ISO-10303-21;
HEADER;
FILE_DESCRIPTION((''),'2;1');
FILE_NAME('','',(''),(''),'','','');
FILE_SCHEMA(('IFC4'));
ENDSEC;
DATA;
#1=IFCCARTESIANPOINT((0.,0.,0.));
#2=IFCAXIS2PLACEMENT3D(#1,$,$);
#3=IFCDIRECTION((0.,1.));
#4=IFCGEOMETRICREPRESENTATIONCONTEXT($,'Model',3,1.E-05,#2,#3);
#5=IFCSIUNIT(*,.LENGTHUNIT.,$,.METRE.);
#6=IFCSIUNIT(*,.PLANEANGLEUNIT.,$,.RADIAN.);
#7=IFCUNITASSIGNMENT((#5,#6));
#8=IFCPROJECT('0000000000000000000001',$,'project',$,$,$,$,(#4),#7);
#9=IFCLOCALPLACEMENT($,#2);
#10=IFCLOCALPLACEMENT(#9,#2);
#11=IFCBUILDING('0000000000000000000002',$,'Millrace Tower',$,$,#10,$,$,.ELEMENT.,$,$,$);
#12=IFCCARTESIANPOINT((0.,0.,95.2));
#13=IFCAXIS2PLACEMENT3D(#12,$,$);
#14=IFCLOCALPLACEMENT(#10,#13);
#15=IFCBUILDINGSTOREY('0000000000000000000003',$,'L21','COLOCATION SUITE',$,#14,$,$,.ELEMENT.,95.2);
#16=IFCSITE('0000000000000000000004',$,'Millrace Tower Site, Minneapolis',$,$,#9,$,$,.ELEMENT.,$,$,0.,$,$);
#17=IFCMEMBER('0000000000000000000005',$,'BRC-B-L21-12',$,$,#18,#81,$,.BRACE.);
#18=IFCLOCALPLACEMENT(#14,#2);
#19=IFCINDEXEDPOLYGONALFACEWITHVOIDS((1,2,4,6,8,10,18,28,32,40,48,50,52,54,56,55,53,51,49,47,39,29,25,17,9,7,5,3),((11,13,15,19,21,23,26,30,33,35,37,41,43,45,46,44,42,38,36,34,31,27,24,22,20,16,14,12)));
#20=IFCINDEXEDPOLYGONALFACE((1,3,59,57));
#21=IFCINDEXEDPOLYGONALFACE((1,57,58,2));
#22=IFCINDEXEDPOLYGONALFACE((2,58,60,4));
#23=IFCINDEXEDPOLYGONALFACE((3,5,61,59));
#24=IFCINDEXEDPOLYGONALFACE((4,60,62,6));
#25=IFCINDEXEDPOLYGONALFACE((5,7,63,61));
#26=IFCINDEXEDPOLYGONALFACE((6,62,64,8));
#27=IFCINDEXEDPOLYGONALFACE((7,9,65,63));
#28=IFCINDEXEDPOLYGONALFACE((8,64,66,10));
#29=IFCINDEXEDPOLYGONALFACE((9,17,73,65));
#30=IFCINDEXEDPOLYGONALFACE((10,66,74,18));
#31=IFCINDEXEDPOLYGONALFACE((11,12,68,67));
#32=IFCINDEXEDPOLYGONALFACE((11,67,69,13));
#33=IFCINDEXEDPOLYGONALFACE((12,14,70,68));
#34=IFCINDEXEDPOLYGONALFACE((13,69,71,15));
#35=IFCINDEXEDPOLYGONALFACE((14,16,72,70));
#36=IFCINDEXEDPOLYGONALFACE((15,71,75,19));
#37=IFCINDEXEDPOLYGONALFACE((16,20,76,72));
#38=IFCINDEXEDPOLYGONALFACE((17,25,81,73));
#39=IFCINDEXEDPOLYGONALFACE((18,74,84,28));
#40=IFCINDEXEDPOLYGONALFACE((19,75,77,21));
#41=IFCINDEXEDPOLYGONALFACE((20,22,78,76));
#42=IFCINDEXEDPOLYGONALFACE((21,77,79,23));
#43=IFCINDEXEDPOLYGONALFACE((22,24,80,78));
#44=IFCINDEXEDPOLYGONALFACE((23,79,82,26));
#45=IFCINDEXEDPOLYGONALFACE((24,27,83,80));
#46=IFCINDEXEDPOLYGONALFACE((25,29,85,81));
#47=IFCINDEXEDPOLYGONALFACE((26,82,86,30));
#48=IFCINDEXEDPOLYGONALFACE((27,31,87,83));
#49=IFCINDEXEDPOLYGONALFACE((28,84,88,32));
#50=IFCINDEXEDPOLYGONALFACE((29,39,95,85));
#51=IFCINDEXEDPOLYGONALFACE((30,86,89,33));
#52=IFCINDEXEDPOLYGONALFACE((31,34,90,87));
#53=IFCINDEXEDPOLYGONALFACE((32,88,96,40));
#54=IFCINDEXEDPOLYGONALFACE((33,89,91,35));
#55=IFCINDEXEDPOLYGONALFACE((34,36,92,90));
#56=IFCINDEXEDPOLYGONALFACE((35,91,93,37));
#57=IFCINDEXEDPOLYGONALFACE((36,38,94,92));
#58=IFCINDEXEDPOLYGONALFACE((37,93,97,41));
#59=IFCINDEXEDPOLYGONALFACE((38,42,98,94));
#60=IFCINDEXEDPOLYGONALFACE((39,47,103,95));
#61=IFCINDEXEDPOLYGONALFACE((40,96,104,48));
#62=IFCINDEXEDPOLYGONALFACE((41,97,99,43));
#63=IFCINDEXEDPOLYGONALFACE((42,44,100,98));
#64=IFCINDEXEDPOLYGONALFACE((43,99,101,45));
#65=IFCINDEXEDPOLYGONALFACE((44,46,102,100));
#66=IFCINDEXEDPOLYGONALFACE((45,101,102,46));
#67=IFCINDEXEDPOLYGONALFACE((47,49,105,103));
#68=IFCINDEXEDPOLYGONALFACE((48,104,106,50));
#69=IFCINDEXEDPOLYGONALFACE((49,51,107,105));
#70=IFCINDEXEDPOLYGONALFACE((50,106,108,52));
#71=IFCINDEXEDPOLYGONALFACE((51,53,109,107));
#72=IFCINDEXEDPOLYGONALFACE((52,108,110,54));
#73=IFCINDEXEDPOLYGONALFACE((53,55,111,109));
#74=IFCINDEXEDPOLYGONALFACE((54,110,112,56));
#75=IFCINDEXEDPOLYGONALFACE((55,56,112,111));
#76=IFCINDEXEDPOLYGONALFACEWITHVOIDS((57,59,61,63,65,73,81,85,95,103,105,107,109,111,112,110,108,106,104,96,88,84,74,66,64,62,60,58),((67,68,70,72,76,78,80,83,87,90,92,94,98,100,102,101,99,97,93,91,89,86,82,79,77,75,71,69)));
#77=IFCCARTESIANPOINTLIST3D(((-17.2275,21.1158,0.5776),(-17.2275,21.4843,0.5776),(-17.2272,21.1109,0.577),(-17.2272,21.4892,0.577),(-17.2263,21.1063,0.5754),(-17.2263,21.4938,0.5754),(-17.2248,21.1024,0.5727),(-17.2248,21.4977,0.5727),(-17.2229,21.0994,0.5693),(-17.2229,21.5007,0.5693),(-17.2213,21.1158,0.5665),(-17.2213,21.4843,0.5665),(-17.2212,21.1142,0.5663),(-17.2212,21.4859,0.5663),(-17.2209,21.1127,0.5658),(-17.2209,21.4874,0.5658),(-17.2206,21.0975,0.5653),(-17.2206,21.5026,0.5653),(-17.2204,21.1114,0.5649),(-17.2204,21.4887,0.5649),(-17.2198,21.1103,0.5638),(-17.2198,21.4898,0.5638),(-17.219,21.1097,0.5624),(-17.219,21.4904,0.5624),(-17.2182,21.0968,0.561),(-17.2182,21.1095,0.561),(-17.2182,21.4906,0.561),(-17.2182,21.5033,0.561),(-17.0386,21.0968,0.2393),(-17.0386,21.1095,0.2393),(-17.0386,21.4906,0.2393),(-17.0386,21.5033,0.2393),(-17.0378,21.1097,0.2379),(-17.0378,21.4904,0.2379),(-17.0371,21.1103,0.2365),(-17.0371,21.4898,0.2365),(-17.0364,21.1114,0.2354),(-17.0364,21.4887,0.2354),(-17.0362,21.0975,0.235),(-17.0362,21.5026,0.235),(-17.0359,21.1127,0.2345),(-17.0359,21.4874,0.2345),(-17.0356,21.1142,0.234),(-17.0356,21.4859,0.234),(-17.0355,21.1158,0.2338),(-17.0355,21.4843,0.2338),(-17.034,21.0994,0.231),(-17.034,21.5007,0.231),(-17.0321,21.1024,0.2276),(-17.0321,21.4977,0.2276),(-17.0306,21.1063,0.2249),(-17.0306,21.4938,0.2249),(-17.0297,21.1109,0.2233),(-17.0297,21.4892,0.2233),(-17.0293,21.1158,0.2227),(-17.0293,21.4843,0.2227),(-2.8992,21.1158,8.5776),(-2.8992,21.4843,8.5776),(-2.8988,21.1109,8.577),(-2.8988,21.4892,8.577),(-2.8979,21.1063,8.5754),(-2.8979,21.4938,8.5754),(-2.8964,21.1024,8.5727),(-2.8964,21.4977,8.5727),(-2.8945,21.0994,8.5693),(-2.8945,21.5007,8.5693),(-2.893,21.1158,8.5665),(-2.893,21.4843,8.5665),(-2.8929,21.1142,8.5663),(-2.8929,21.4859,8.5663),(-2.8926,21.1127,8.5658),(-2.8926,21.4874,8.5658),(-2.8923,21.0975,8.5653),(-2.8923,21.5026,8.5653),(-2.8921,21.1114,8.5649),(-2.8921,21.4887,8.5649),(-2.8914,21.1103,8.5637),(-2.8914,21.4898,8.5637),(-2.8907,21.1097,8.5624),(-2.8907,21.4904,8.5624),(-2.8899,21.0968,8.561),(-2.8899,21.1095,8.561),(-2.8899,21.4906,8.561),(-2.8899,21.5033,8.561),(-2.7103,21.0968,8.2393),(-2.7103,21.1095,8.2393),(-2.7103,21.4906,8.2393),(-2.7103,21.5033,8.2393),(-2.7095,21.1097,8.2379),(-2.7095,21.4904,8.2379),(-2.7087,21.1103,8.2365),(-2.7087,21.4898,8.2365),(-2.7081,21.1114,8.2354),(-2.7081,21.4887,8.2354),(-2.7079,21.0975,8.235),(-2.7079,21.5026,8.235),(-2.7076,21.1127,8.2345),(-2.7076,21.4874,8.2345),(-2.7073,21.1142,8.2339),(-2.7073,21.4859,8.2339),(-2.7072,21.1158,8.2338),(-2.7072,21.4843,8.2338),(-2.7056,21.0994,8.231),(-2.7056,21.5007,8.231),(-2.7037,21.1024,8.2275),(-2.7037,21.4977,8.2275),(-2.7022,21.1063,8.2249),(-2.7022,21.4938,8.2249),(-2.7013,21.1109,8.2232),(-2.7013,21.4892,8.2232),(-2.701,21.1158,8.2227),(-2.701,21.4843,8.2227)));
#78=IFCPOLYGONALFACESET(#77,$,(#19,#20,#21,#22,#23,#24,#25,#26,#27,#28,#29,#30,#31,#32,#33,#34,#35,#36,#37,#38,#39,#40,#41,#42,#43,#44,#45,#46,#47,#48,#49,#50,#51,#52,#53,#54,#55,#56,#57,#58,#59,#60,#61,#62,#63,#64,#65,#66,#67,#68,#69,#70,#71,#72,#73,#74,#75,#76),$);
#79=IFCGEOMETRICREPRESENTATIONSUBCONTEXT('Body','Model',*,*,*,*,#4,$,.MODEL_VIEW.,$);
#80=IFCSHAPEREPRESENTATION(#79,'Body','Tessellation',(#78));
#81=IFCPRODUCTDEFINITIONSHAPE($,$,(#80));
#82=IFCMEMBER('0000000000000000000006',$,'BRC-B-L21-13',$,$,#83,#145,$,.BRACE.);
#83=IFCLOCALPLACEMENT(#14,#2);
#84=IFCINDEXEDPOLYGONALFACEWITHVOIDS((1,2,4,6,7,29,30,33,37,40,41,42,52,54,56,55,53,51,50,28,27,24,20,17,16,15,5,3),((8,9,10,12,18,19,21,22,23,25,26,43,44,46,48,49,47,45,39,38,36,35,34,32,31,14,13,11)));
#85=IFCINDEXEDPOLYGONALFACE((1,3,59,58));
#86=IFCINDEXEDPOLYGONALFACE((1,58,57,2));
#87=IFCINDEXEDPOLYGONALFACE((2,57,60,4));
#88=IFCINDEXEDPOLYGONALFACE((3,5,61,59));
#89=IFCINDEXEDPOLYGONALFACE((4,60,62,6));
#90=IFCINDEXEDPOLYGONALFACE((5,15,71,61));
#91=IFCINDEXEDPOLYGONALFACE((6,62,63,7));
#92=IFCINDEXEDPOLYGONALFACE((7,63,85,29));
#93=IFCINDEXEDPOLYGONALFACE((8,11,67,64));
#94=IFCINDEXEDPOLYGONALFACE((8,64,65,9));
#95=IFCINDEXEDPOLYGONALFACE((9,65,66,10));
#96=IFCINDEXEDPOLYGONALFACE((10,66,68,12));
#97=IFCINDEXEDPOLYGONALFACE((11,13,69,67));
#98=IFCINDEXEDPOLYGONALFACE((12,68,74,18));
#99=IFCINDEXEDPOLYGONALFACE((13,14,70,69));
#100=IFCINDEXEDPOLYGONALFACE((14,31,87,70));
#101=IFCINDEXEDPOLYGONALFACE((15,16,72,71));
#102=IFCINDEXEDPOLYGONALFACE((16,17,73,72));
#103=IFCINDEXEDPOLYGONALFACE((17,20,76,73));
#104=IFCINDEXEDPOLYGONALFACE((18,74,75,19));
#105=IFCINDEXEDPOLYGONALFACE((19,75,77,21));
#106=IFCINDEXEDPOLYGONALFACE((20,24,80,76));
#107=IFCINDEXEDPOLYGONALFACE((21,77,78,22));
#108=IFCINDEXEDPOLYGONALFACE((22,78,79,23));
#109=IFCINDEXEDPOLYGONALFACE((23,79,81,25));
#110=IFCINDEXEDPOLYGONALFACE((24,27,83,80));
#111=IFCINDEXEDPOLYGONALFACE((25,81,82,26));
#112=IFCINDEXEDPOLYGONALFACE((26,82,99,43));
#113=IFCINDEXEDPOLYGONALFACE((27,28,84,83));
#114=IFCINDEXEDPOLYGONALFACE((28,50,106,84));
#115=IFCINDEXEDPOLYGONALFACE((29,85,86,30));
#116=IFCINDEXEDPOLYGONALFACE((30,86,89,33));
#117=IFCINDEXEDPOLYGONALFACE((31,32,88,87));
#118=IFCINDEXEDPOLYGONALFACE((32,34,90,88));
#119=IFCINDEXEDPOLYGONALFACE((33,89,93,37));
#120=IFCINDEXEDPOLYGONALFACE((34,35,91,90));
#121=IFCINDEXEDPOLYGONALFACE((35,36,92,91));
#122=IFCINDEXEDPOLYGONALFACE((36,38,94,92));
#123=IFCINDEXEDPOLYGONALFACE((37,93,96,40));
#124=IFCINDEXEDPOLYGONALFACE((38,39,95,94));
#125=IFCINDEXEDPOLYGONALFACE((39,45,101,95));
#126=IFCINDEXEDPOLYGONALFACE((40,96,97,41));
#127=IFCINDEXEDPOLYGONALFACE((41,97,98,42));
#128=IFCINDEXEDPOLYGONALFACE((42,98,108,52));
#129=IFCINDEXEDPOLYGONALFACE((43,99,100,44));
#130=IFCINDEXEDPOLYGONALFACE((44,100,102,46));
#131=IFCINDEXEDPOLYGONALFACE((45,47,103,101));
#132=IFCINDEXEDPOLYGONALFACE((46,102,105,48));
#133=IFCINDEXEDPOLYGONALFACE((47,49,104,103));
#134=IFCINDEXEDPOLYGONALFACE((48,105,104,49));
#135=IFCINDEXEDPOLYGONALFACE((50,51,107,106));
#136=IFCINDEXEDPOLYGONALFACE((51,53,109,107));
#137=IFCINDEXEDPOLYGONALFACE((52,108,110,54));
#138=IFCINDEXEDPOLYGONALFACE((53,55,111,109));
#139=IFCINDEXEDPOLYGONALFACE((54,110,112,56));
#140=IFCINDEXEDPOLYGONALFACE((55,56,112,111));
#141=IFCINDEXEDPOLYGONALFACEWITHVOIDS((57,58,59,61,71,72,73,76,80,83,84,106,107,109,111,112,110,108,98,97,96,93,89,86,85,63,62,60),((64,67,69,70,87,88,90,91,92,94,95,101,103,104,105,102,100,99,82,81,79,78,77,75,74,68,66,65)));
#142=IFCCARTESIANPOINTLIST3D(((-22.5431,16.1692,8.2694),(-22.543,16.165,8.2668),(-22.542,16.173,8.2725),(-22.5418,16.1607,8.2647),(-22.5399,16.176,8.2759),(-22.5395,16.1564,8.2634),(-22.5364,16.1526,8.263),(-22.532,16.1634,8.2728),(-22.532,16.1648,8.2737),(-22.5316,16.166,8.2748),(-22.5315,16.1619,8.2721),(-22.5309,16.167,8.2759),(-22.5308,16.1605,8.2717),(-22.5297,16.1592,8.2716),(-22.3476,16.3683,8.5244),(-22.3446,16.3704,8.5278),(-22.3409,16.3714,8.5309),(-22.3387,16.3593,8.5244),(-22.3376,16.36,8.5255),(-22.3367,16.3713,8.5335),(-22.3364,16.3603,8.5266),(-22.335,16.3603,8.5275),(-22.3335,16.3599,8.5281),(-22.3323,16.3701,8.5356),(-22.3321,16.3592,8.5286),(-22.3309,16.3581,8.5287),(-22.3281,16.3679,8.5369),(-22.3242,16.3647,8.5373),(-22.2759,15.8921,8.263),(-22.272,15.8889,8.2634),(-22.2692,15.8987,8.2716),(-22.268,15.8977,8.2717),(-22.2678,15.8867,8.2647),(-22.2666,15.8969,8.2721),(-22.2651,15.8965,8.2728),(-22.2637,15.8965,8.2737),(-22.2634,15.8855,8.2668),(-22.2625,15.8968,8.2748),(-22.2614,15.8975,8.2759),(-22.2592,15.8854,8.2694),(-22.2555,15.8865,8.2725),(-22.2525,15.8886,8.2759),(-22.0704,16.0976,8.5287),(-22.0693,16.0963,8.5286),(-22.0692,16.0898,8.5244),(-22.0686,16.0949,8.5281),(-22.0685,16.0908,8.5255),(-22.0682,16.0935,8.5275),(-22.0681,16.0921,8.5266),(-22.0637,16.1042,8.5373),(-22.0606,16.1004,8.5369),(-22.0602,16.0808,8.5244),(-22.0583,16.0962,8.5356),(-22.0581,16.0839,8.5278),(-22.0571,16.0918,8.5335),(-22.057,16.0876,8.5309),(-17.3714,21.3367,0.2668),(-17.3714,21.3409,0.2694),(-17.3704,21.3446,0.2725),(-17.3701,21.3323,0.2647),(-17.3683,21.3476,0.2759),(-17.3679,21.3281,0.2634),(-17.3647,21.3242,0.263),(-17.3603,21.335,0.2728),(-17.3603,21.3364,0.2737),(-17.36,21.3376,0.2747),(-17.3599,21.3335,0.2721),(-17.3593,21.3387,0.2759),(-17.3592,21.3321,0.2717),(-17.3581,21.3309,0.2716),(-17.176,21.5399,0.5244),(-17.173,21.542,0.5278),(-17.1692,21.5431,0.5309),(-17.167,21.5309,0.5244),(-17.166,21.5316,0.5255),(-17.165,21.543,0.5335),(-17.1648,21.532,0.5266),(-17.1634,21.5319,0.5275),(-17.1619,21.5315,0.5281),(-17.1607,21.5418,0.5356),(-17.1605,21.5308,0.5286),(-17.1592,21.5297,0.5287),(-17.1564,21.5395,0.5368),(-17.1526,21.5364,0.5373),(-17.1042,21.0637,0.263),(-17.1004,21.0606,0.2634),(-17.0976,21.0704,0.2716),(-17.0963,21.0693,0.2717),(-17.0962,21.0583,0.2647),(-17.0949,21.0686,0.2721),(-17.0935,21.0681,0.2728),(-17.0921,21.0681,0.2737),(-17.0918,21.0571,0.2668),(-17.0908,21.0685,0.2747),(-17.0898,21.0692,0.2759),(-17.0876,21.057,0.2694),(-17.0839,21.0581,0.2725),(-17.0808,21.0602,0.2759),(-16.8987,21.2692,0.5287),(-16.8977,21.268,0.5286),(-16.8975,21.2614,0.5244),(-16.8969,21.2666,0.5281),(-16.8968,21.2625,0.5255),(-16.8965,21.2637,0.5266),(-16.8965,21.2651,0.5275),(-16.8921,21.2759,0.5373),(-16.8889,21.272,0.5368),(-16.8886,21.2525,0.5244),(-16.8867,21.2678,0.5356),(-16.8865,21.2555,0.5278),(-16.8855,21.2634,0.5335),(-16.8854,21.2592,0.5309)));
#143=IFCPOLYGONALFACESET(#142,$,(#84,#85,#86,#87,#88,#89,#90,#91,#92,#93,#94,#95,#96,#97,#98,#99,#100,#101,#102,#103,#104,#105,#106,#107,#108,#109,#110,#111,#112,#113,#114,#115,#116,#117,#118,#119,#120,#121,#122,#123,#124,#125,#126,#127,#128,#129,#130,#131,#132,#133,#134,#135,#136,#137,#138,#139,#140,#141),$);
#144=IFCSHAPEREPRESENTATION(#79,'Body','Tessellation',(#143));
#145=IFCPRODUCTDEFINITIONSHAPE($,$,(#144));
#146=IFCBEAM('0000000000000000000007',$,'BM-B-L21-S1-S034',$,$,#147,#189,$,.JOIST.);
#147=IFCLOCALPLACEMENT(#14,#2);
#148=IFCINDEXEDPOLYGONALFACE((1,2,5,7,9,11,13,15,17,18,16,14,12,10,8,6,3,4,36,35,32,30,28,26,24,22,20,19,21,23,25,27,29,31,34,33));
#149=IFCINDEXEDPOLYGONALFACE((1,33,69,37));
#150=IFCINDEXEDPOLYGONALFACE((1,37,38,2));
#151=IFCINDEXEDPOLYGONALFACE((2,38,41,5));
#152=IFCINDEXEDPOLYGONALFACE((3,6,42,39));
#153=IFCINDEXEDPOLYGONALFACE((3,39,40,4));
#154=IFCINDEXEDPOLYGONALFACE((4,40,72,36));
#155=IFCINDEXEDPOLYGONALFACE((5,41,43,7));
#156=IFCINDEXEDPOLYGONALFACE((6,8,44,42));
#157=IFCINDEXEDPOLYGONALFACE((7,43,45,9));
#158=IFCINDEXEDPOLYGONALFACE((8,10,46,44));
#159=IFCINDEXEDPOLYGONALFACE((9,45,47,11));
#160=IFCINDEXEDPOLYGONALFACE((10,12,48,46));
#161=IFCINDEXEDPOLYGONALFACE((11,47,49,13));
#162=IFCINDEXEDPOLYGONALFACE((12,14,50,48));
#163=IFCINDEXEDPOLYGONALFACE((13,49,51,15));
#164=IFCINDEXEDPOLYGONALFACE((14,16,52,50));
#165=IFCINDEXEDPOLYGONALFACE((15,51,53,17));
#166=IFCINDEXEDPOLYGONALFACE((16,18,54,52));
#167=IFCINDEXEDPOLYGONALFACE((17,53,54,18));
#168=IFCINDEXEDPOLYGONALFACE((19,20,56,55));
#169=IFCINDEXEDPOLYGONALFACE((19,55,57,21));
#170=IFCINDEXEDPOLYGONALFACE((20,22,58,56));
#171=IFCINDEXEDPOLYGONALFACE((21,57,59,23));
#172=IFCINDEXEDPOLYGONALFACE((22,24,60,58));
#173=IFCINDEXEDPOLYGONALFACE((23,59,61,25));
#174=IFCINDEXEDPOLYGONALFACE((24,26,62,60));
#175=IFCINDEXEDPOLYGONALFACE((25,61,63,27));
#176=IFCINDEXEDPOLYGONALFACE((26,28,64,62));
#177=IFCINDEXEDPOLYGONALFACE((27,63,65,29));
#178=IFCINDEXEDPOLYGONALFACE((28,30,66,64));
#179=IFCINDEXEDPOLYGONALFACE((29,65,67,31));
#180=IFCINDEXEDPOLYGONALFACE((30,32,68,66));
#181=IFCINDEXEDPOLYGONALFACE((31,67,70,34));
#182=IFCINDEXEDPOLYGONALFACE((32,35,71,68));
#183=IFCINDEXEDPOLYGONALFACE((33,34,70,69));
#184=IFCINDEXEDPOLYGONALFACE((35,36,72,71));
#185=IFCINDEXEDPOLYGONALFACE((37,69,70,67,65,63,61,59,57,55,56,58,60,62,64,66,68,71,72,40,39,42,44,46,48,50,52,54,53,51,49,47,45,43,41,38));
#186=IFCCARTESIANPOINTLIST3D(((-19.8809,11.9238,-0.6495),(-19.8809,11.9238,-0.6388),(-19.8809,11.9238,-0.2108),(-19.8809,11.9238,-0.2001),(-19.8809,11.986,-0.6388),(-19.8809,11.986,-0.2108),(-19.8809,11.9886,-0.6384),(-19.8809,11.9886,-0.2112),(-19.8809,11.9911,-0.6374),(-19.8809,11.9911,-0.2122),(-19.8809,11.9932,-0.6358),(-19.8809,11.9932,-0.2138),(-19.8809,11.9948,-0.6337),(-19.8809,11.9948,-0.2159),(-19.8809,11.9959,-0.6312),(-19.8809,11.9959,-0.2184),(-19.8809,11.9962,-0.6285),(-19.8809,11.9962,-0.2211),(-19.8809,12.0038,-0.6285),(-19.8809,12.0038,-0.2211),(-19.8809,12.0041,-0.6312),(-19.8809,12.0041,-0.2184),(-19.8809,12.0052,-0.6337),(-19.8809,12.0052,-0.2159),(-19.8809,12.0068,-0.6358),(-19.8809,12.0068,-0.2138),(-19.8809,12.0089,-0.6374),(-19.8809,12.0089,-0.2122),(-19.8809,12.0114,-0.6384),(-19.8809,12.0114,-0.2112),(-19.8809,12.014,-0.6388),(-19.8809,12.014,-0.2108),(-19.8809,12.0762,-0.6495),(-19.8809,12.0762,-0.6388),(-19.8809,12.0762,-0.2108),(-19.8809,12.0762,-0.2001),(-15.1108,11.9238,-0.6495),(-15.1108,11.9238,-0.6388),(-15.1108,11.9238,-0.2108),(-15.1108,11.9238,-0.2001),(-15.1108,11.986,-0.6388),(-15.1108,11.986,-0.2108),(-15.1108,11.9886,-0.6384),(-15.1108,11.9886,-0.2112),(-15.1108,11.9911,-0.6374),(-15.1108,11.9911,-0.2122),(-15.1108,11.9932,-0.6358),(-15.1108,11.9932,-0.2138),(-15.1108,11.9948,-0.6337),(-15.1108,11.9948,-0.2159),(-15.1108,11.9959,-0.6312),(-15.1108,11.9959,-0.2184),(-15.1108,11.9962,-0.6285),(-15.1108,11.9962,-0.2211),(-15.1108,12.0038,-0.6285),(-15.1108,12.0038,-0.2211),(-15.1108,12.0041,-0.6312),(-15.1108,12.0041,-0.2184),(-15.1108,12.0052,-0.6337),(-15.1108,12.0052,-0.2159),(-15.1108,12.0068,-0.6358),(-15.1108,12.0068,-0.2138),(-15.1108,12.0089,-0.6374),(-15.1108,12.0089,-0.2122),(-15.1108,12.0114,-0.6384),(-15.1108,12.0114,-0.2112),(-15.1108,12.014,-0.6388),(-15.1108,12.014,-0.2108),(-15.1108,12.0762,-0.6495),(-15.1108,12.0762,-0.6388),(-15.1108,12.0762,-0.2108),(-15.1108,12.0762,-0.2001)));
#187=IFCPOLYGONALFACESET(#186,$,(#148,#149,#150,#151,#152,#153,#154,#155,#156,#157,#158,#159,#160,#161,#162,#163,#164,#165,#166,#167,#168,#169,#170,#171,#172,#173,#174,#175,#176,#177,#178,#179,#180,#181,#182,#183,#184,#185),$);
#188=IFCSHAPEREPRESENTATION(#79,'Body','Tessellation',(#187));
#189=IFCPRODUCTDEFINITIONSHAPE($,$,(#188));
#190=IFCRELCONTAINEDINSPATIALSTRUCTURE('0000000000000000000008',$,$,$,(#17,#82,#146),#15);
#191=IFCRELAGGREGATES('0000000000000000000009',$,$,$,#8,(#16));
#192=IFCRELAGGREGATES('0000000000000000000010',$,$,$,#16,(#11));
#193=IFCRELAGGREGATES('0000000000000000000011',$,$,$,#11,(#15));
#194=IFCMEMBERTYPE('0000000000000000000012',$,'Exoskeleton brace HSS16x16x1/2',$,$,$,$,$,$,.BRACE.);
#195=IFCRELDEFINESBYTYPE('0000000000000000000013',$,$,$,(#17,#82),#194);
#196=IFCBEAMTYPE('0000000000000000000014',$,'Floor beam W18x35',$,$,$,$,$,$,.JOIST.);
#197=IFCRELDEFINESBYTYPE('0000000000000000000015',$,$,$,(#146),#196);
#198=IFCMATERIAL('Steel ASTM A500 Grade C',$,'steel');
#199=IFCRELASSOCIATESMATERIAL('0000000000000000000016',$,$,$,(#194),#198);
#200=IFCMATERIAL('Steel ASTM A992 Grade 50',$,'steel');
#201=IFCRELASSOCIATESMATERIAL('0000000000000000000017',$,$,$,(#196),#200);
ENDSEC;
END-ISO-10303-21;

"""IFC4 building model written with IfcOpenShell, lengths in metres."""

from ifc_helpers import new_model, si_unit, direction, frame, origin, origin_2d, place, context, subcontext, project, spatial, hollow_rectangle, i_section, extrude, material, material_profile, profile_set, type_object, element, save


model = new_model("IFC4")

# Units and contexts
model_context = context("Model", 3, precision=1e-05, world=origin(), true_north=direction((0.0, 1.0)))
body_context = subcontext(model_context, "Body", "Model", "MODEL_VIEW")
ifc_project = project(units=[si_unit("LENGTHUNIT", "METRE"), si_unit("PLANEANGLEUNIT", "RADIAN")], contexts=[model_context])

# Site, building, storey
site_placement = place(None, origin())
site = spatial("IfcSite", under=ifc_project, at=site_placement, Name="Millrace Tower Site, Minneapolis", CompositionType="ELEMENT", RefElevation=0.0)
building_placement = place(site_placement, origin())
building = spatial("IfcBuilding", under=site, at=building_placement, Name="Millrace Tower", CompositionType="ELEMENT")
storey_placement = place(building_placement, frame((0.0, 0.0, 95.2)))
storey = spatial("IfcBuildingStorey", under=building, at=storey_placement, Name="L21", Description="COLOCATION SUITE", CompositionType="ELEMENT", Elevation=95.2)

# Members
ifc_material_1 = material(Name="Steel ASTM A500 Grade C", Category="steel")
ifc_material_profile_1 = material_profile(ifc_material_1, hollow_rectangle(XDim=0.4065, YDim=0.4065, WallThickness=0.0127, InnerFilletRadius=0.0063, OuterFilletRadius=0.019, at=origin_2d()))
ifc_profile_set_1 = profile_set([ifc_material_profile_1], Name="Steel ASTM A500 Grade C")
member_type_1 = type_object("IfcMemberType", Name="Exoskeleton brace HSS16x16x1/2", PredefinedType="BRACE", material=ifc_profile_set_1)
member_1_placement = place(storey_placement, frame((-17.1284, 21.3, 0.4001), z_axis=(0.873126, 0.0, 0.487495), x_axis=(0.0, 1.0, 0.0)))
element("IfcMember", 1, at=member_1_placement, inside=storey, type_object=member_type_1, Name="BRC-B-L21-12", PredefinedType="BRACE", context=body_context, shape_type="SweptSolid", body=[
    extrude(hollow_rectangle(XDim=0.4065, YDim=0.4065, WallThickness=0.0127, InnerFilletRadius=0.0063, OuterFilletRadius=0.019, at=origin_2d()), origin(), (0.0, 0.0, 1.0), 16.4104),
])
member_2_placement = place(storey_placement, frame((-17.1284, 21.3, 0.4001), z_axis=(-0.477116, -0.477116, 0.738052), x_axis=(0.707107, -0.707107, 0.0)))
element("IfcMember", 2, at=member_2_placement, inside=storey, type_object=member_type_1, Name="BRC-B-L21-13", PredefinedType="BRACE", context=body_context, shape_type="SweptSolid", body=[
    extrude(hollow_rectangle(XDim=0.4065, YDim=0.4065, WallThickness=0.0127, InnerFilletRadius=0.0063, OuterFilletRadius=0.019, at=origin_2d()), origin(), (0.0, 0.0, 1.0), 10.8394),
])

# Beam
ifc_material_2 = material(Name="Steel ASTM A992 Grade 50", Category="steel")
ifc_material_profile_2 = material_profile(ifc_material_2, i_section(OverallWidth=0.1523, OverallDepth=0.4495, WebThickness=0.0076, FlangeThickness=0.0107, FilletRadius=0.0103, at=origin_2d()))
ifc_profile_set_2 = profile_set([ifc_material_profile_2], Name="Steel ASTM A992 Grade 50")
beam_type_1 = type_object("IfcBeamType", Name="Floor beam W18x35", PredefinedType="JOIST", material=ifc_profile_set_2)
for number, where, z_axis, x_axis, name in (
    (3, (-19.8809, 12.0, -0.4248), (1.0, 0.0, 0.0), (0.0, 1.0, 0.0), "BM-B-L21-S1-S034"),
):
    element("IfcBeam", number, at=place(storey_placement, frame(where, z_axis=z_axis, x_axis=x_axis)), inside=storey, type_object=beam_type_1, Name=name, PredefinedType="JOIST", context=body_context, shape_type="SweptSolid", body=[
        extrude(i_section(OverallWidth=0.1523, OverallDepth=0.4495, WebThickness=0.0076, FlangeThickness=0.0107, FilletRadius=0.0103, at=origin_2d()), origin(), (0.0, 0.0, 1.0), 4.77),
    ])

save(model, "model.ifc")
